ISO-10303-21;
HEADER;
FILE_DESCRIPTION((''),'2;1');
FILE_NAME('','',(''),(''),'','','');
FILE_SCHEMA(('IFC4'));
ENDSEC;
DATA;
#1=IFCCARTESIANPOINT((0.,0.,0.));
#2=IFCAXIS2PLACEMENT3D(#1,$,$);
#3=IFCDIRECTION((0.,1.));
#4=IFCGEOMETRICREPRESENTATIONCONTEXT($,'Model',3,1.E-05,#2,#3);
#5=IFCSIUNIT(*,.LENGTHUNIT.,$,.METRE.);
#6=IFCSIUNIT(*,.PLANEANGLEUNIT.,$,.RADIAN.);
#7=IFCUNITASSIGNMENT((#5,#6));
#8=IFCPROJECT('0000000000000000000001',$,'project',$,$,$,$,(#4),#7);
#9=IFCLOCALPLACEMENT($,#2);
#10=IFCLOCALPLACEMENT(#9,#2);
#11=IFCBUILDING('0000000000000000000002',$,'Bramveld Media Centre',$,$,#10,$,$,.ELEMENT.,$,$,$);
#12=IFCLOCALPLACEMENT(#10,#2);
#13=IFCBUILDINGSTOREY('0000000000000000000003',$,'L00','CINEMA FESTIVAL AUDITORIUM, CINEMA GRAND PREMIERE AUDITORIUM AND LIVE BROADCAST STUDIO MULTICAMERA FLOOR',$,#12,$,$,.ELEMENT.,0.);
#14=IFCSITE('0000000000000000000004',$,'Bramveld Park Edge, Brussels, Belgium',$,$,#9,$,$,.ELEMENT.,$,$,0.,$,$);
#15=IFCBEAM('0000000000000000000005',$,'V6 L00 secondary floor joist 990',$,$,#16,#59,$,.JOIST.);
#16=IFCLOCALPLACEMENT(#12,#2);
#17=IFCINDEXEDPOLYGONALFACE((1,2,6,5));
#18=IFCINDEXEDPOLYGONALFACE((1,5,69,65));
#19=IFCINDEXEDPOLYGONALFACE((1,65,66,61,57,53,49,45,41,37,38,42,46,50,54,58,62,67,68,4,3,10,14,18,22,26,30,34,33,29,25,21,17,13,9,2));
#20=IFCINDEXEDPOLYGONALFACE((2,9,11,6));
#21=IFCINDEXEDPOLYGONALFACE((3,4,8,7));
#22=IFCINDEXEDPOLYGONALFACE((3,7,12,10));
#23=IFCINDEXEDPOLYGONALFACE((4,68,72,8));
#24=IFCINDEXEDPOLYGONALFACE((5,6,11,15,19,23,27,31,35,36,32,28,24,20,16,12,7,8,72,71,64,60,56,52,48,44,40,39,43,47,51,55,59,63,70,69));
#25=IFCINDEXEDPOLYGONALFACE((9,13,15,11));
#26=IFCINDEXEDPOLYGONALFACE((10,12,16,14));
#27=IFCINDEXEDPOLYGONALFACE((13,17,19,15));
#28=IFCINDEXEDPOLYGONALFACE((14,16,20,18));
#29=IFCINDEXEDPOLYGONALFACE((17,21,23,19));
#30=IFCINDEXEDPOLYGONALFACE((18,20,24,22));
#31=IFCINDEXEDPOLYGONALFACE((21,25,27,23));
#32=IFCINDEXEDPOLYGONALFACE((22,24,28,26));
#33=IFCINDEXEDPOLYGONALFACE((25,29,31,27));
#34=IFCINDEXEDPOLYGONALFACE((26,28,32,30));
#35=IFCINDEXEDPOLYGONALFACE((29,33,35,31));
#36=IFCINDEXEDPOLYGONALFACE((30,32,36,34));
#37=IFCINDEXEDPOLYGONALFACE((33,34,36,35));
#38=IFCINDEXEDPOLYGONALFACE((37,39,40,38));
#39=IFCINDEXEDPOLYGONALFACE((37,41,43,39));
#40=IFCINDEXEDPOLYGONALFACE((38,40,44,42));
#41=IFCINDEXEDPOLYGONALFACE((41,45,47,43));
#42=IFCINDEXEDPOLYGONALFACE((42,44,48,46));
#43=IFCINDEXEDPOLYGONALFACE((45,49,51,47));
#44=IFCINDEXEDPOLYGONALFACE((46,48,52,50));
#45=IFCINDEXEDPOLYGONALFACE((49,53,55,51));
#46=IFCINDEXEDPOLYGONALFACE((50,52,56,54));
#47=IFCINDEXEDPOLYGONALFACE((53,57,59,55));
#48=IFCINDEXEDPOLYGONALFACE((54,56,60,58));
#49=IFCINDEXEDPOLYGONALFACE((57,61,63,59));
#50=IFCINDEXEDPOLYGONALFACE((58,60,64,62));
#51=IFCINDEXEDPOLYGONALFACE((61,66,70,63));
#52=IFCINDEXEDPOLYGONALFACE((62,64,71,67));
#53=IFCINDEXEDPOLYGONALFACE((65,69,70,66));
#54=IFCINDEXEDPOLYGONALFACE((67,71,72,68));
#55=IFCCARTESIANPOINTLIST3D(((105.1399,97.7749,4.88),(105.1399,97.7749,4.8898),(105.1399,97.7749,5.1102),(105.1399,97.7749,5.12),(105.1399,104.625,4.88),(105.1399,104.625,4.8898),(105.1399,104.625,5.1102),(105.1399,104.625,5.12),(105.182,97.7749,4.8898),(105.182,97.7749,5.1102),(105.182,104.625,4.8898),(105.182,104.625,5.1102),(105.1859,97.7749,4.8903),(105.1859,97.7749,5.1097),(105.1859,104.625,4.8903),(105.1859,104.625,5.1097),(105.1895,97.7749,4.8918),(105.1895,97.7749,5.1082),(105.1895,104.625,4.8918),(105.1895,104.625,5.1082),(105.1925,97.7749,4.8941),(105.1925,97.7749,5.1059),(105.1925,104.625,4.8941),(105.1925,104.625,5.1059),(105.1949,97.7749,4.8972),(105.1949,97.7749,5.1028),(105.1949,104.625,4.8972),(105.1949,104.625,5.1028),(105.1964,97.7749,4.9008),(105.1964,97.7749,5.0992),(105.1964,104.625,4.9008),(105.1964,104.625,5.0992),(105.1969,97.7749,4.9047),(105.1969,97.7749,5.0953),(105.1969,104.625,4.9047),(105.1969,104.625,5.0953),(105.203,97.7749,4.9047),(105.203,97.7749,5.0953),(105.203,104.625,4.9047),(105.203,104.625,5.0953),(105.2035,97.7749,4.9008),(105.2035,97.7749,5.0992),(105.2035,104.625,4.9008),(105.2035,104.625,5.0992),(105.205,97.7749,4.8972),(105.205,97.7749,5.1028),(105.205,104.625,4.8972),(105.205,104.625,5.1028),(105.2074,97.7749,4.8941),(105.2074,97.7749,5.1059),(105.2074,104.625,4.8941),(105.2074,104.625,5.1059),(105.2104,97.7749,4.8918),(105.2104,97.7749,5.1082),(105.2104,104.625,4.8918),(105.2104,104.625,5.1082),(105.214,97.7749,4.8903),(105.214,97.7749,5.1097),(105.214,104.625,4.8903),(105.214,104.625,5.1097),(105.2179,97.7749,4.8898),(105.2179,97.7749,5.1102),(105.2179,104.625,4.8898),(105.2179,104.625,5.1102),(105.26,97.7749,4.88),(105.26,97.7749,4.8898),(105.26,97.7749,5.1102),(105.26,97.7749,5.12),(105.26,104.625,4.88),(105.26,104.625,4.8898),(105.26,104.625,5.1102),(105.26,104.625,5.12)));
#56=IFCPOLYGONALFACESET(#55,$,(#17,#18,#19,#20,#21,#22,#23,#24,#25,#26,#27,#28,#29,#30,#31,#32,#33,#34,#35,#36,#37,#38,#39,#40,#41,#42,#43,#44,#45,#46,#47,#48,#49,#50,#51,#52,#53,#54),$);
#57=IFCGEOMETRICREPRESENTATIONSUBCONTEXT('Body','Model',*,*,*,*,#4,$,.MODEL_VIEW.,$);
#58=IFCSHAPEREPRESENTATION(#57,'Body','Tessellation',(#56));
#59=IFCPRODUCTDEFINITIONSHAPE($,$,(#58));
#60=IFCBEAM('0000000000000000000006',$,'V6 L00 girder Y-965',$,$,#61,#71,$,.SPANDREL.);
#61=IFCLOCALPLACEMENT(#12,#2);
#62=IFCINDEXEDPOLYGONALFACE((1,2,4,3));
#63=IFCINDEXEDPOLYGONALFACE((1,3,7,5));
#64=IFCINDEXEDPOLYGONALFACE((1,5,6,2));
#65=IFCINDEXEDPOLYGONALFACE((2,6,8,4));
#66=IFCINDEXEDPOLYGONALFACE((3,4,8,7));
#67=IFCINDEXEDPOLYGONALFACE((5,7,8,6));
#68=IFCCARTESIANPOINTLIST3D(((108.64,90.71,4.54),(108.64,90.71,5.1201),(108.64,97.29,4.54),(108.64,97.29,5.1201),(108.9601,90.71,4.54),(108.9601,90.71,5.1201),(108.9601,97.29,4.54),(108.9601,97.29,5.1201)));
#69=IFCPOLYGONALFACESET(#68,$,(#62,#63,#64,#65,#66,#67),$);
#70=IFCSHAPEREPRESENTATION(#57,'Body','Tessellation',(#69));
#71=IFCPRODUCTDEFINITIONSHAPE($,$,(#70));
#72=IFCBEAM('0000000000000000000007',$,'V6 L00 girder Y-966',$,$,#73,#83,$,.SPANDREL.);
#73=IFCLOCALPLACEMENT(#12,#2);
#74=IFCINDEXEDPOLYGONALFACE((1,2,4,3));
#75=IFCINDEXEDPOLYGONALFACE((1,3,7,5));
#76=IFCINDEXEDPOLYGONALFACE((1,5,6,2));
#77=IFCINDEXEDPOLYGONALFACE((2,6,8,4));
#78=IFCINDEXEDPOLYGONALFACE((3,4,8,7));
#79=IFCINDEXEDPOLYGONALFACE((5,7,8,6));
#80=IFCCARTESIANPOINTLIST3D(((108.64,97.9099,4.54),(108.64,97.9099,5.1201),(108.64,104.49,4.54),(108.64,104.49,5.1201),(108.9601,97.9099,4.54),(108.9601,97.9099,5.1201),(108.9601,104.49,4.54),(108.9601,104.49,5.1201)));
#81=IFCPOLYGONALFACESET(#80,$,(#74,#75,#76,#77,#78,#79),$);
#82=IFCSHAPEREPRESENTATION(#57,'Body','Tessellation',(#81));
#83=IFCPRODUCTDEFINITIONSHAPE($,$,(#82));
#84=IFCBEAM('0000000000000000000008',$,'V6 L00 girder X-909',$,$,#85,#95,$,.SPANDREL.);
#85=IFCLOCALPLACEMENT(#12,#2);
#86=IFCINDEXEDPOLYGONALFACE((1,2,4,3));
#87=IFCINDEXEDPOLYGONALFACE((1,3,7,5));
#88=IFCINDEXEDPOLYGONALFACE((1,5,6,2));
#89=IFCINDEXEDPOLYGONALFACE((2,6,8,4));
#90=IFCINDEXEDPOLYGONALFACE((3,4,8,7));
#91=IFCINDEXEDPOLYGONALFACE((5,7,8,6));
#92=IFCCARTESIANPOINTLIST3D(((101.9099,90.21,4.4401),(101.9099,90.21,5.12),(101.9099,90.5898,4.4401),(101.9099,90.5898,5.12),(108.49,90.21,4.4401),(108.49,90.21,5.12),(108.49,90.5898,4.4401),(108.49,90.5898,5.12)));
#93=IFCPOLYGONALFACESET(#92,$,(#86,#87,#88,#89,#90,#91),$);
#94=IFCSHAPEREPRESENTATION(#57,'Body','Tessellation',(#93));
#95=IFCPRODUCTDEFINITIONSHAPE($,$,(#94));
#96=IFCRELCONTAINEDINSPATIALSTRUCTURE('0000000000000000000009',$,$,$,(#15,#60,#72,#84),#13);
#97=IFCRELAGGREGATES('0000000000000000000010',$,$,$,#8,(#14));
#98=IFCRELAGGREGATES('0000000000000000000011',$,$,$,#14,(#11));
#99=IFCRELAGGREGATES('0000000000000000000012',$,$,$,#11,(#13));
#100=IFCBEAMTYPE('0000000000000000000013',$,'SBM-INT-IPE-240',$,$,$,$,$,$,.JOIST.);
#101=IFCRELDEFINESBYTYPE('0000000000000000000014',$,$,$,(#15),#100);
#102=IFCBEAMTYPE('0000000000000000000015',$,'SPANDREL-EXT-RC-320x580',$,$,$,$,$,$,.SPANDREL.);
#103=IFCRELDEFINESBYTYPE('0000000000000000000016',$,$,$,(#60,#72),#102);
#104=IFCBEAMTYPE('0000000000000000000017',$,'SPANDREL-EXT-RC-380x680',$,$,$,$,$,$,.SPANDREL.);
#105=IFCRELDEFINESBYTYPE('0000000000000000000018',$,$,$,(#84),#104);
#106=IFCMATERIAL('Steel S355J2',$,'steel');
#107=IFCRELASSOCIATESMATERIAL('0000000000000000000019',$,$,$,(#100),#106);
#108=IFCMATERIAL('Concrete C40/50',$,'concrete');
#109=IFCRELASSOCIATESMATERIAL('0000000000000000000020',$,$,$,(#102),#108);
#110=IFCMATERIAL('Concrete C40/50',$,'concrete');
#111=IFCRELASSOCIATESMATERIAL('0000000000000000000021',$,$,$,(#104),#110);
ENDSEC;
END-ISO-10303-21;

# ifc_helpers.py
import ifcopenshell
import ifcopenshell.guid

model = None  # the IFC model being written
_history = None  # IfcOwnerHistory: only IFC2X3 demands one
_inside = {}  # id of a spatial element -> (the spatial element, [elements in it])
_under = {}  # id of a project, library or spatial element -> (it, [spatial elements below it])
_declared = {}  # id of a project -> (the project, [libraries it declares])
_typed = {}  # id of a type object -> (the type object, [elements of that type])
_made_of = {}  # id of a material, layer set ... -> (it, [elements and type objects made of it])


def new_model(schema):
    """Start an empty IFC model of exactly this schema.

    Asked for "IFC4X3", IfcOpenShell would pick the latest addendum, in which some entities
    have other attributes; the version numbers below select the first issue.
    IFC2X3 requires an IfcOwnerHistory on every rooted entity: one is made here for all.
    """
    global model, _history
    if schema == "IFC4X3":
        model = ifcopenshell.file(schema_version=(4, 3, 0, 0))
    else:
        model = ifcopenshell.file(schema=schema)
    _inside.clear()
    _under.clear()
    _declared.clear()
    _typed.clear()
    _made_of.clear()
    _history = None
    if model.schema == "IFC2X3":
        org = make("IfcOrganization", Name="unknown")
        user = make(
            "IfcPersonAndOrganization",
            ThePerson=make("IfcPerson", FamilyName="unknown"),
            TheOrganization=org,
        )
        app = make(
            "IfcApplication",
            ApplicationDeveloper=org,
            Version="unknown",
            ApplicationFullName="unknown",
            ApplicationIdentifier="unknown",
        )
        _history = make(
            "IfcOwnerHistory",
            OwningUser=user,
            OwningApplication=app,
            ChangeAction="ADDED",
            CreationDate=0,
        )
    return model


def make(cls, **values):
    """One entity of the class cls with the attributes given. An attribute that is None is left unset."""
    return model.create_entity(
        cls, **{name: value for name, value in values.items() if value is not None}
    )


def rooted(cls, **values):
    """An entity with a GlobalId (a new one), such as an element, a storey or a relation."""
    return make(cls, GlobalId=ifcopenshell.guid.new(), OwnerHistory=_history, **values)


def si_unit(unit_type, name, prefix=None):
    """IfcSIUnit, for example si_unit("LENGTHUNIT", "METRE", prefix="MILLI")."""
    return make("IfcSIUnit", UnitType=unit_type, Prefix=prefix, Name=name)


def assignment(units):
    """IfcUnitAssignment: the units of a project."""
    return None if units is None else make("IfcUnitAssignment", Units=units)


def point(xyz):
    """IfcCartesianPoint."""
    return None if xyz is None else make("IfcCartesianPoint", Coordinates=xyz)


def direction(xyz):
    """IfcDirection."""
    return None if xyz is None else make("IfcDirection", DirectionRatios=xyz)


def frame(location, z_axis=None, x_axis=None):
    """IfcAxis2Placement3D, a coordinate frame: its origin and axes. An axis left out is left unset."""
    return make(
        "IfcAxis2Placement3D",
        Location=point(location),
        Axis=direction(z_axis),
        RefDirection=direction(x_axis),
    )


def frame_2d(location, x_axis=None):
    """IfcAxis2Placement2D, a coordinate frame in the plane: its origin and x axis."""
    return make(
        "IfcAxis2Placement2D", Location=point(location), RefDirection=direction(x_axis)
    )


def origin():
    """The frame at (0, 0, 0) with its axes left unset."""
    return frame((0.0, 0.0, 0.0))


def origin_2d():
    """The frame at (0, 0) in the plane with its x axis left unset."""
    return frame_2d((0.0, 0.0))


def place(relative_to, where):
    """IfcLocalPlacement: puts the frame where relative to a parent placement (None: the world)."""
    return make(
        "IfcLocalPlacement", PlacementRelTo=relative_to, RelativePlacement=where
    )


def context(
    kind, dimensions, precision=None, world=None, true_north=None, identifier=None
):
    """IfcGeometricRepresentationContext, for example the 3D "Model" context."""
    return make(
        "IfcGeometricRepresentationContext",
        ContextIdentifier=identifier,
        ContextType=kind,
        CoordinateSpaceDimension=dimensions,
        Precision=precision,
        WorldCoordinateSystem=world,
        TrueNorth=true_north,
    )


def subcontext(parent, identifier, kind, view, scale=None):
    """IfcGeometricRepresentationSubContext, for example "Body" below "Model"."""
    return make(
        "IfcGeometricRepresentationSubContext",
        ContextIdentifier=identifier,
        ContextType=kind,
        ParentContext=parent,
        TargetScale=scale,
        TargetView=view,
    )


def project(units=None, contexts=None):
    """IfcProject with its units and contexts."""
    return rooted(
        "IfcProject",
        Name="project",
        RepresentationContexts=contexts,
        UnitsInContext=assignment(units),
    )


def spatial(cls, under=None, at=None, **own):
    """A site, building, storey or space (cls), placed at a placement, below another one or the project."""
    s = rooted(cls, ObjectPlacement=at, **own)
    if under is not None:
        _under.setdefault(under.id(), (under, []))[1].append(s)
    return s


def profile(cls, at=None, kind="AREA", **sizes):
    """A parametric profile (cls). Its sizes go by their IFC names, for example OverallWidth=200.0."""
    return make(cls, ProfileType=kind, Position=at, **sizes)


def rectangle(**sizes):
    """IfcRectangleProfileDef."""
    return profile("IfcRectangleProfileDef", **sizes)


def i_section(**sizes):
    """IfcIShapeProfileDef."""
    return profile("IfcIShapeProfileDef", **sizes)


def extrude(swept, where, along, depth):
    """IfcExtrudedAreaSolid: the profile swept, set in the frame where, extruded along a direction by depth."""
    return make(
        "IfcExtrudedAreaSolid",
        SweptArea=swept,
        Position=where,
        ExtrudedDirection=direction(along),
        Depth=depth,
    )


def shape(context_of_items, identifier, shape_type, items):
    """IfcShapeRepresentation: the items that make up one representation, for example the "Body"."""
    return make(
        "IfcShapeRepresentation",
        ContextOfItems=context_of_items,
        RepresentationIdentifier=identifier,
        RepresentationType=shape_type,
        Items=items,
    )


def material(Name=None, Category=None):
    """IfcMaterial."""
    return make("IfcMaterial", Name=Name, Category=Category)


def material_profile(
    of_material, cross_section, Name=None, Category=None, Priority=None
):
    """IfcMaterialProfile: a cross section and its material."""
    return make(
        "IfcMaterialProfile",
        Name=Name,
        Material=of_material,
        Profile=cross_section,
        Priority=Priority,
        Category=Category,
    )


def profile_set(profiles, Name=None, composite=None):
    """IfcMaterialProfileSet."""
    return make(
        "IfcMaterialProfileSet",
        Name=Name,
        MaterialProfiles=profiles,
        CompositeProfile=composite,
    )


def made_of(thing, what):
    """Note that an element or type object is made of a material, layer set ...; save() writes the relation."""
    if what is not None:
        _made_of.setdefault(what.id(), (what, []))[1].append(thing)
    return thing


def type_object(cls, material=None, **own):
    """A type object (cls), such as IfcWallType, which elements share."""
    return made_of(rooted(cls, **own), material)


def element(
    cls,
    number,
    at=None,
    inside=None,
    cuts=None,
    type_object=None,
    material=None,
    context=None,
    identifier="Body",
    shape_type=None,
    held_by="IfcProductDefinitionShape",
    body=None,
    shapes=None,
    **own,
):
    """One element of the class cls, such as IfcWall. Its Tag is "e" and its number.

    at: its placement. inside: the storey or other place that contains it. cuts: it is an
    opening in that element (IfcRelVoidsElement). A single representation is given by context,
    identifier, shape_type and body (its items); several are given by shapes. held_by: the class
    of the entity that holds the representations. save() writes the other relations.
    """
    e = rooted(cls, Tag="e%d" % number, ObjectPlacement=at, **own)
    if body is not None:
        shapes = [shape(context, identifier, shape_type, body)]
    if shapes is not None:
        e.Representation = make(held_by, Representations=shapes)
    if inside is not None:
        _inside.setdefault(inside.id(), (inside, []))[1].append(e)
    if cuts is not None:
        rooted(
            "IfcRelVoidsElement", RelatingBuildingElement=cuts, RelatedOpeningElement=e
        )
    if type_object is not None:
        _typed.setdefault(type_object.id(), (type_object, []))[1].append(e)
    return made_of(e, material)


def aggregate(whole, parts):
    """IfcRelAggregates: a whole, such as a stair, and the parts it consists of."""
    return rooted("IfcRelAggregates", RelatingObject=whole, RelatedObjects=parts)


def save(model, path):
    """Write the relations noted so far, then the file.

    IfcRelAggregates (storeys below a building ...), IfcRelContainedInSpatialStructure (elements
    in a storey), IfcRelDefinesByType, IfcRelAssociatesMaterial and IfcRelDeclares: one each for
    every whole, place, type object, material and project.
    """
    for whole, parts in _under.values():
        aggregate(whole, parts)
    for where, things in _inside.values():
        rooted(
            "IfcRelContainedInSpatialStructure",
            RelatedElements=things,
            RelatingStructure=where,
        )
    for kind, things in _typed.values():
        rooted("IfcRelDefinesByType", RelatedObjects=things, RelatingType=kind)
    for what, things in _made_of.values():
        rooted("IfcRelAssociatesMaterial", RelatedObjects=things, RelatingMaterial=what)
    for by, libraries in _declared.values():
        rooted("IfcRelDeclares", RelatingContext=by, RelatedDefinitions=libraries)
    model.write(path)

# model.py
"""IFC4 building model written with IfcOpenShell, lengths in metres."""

from ifc_helpers import new_model, si_unit, direction, frame, origin, origin_2d, place, context, subcontext, project, spatial, rectangle, i_section, extrude, material, material_profile, profile_set, type_object, element, save


model = new_model("IFC4")

# Units and contexts
model_context = context("Model", 3, precision=1e-05, world=origin(), true_north=direction((0.0, 1.0)))
body_context = subcontext(model_context, "Body", "Model", "MODEL_VIEW")
ifc_project = project(units=[si_unit("LENGTHUNIT", "METRE"), si_unit("PLANEANGLEUNIT", "RADIAN")], contexts=[model_context])

# Site, building, storey
site_placement = place(None, origin())
site = spatial("IfcSite", under=ifc_project, at=site_placement, Name="Bramveld Park Edge, Brussels, Belgium", CompositionType="ELEMENT", RefElevation=0.0)
building_placement = place(site_placement, origin())
building = spatial("IfcBuilding", under=site, at=building_placement, Name="Bramveld Media Centre", CompositionType="ELEMENT")
storey_placement = place(building_placement, origin())
storey = spatial("IfcBuildingStorey", under=building, at=storey_placement, Name="L00", Description="CINEMA FESTIVAL AUDITORIUM, CINEMA GRAND PREMIERE AUDITORIUM AND LIVE BROADCAST STUDIO MULTICAMERA FLOOR", CompositionType="ELEMENT", Elevation=0.0)

# Beams
ifc_material_1 = material(Name="Steel S355J2", Category="steel")
ifc_material_profile_1 = material_profile(ifc_material_1, i_section(OverallWidth=0.1201, OverallDepth=0.24, WebThickness=0.0061, FlangeThickness=0.0098, FilletRadius=0.0149, at=origin_2d()), Name="IPE 240")
ifc_profile_set_1 = profile_set([ifc_material_profile_1], Name="Steel S355J2")
beam_type_1 = type_object("IfcBeamType", Name="SBM-INT-IPE-240", PredefinedType="JOIST", material=ifc_profile_set_1)
beam_1_placement = place(storey_placement, frame((105.2, 97.7749, 5.0), z_axis=(0.0, 1.0, 0.0), x_axis=(-1.0, 0.0, 0.0)))
element("IfcBeam", 1, at=beam_1_placement, inside=storey, type_object=beam_type_1, Name="V6 L00 secondary floor joist 990", PredefinedType="JOIST", context=body_context, shape_type="SweptSolid", body=[
    extrude(i_section(OverallWidth=0.1201, OverallDepth=0.24, WebThickness=0.0061, FlangeThickness=0.0098, FilletRadius=0.0149, at=origin_2d()), origin(), (0.0, 0.0, 1.0), 6.8501),
])
ifc_material_2 = material(Name="Concrete C40/50", Category="concrete")
ifc_material_profile_2 = material_profile(ifc_material_2, rectangle(XDim=0.3201, YDim=0.5801, at=origin_2d()), Name="RC 320x580")
ifc_profile_set_2 = profile_set([ifc_material_profile_2], Name="Concrete C40/50")
beam_type_2 = type_object("IfcBeamType", Name="SPANDREL-EXT-RC-320x580", PredefinedType="SPANDREL", material=ifc_profile_set_2)
for number, where, z_axis, x_axis, name in (
    (2, (108.8, 90.71, 4.8301), (0.0, 1.0, 0.0), (-1.0, 0.0, 0.0), "V6 L00 girder Y-965"),
    (3, (108.8, 97.9099, 4.8301), (0.0, 1.0, 0.0), (-1.0, 0.0, 0.0), "V6 L00 girder Y-966"),
):
    element("IfcBeam", number, at=place(storey_placement, frame(where, z_axis=z_axis, x_axis=x_axis)), inside=storey, type_object=beam_type_2, Name=name, PredefinedType="SPANDREL", context=body_context, shape_type="SweptSolid", body=[
        extrude(rectangle(XDim=0.3201, YDim=0.5801, at=origin_2d()), origin(), (0.0, 0.0, 1.0), 6.5801),
    ])
ifc_material_3 = material(Name="Concrete C40/50", Category="concrete")
ifc_material_profile_3 = material_profile(ifc_material_3, rectangle(XDim=0.3799, YDim=0.6799, at=origin_2d()), Name="RC 380x680")
ifc_profile_set_3 = profile_set([ifc_material_profile_3], Name="Concrete C40/50")
beam_type_3 = type_object("IfcBeamType", Name="SPANDREL-EXT-RC-380x680", PredefinedType="SPANDREL", material=ifc_profile_set_3)
beam_2_placement = place(storey_placement, frame((101.9099, 90.3999, 4.78), z_axis=(1.0, 0.0, 0.0), x_axis=(0.0, 1.0, 0.0)))
element("IfcBeam", 4, at=beam_2_placement, inside=storey, type_object=beam_type_3, Name="V6 L00 girder X-909", PredefinedType="SPANDREL", context=body_context, shape_type="SweptSolid", body=[
    extrude(rectangle(XDim=0.3799, YDim=0.6799, at=origin_2d()), origin(), (0.0, 0.0, 1.0), 6.5801),
])

save(model, "model.ifc")
